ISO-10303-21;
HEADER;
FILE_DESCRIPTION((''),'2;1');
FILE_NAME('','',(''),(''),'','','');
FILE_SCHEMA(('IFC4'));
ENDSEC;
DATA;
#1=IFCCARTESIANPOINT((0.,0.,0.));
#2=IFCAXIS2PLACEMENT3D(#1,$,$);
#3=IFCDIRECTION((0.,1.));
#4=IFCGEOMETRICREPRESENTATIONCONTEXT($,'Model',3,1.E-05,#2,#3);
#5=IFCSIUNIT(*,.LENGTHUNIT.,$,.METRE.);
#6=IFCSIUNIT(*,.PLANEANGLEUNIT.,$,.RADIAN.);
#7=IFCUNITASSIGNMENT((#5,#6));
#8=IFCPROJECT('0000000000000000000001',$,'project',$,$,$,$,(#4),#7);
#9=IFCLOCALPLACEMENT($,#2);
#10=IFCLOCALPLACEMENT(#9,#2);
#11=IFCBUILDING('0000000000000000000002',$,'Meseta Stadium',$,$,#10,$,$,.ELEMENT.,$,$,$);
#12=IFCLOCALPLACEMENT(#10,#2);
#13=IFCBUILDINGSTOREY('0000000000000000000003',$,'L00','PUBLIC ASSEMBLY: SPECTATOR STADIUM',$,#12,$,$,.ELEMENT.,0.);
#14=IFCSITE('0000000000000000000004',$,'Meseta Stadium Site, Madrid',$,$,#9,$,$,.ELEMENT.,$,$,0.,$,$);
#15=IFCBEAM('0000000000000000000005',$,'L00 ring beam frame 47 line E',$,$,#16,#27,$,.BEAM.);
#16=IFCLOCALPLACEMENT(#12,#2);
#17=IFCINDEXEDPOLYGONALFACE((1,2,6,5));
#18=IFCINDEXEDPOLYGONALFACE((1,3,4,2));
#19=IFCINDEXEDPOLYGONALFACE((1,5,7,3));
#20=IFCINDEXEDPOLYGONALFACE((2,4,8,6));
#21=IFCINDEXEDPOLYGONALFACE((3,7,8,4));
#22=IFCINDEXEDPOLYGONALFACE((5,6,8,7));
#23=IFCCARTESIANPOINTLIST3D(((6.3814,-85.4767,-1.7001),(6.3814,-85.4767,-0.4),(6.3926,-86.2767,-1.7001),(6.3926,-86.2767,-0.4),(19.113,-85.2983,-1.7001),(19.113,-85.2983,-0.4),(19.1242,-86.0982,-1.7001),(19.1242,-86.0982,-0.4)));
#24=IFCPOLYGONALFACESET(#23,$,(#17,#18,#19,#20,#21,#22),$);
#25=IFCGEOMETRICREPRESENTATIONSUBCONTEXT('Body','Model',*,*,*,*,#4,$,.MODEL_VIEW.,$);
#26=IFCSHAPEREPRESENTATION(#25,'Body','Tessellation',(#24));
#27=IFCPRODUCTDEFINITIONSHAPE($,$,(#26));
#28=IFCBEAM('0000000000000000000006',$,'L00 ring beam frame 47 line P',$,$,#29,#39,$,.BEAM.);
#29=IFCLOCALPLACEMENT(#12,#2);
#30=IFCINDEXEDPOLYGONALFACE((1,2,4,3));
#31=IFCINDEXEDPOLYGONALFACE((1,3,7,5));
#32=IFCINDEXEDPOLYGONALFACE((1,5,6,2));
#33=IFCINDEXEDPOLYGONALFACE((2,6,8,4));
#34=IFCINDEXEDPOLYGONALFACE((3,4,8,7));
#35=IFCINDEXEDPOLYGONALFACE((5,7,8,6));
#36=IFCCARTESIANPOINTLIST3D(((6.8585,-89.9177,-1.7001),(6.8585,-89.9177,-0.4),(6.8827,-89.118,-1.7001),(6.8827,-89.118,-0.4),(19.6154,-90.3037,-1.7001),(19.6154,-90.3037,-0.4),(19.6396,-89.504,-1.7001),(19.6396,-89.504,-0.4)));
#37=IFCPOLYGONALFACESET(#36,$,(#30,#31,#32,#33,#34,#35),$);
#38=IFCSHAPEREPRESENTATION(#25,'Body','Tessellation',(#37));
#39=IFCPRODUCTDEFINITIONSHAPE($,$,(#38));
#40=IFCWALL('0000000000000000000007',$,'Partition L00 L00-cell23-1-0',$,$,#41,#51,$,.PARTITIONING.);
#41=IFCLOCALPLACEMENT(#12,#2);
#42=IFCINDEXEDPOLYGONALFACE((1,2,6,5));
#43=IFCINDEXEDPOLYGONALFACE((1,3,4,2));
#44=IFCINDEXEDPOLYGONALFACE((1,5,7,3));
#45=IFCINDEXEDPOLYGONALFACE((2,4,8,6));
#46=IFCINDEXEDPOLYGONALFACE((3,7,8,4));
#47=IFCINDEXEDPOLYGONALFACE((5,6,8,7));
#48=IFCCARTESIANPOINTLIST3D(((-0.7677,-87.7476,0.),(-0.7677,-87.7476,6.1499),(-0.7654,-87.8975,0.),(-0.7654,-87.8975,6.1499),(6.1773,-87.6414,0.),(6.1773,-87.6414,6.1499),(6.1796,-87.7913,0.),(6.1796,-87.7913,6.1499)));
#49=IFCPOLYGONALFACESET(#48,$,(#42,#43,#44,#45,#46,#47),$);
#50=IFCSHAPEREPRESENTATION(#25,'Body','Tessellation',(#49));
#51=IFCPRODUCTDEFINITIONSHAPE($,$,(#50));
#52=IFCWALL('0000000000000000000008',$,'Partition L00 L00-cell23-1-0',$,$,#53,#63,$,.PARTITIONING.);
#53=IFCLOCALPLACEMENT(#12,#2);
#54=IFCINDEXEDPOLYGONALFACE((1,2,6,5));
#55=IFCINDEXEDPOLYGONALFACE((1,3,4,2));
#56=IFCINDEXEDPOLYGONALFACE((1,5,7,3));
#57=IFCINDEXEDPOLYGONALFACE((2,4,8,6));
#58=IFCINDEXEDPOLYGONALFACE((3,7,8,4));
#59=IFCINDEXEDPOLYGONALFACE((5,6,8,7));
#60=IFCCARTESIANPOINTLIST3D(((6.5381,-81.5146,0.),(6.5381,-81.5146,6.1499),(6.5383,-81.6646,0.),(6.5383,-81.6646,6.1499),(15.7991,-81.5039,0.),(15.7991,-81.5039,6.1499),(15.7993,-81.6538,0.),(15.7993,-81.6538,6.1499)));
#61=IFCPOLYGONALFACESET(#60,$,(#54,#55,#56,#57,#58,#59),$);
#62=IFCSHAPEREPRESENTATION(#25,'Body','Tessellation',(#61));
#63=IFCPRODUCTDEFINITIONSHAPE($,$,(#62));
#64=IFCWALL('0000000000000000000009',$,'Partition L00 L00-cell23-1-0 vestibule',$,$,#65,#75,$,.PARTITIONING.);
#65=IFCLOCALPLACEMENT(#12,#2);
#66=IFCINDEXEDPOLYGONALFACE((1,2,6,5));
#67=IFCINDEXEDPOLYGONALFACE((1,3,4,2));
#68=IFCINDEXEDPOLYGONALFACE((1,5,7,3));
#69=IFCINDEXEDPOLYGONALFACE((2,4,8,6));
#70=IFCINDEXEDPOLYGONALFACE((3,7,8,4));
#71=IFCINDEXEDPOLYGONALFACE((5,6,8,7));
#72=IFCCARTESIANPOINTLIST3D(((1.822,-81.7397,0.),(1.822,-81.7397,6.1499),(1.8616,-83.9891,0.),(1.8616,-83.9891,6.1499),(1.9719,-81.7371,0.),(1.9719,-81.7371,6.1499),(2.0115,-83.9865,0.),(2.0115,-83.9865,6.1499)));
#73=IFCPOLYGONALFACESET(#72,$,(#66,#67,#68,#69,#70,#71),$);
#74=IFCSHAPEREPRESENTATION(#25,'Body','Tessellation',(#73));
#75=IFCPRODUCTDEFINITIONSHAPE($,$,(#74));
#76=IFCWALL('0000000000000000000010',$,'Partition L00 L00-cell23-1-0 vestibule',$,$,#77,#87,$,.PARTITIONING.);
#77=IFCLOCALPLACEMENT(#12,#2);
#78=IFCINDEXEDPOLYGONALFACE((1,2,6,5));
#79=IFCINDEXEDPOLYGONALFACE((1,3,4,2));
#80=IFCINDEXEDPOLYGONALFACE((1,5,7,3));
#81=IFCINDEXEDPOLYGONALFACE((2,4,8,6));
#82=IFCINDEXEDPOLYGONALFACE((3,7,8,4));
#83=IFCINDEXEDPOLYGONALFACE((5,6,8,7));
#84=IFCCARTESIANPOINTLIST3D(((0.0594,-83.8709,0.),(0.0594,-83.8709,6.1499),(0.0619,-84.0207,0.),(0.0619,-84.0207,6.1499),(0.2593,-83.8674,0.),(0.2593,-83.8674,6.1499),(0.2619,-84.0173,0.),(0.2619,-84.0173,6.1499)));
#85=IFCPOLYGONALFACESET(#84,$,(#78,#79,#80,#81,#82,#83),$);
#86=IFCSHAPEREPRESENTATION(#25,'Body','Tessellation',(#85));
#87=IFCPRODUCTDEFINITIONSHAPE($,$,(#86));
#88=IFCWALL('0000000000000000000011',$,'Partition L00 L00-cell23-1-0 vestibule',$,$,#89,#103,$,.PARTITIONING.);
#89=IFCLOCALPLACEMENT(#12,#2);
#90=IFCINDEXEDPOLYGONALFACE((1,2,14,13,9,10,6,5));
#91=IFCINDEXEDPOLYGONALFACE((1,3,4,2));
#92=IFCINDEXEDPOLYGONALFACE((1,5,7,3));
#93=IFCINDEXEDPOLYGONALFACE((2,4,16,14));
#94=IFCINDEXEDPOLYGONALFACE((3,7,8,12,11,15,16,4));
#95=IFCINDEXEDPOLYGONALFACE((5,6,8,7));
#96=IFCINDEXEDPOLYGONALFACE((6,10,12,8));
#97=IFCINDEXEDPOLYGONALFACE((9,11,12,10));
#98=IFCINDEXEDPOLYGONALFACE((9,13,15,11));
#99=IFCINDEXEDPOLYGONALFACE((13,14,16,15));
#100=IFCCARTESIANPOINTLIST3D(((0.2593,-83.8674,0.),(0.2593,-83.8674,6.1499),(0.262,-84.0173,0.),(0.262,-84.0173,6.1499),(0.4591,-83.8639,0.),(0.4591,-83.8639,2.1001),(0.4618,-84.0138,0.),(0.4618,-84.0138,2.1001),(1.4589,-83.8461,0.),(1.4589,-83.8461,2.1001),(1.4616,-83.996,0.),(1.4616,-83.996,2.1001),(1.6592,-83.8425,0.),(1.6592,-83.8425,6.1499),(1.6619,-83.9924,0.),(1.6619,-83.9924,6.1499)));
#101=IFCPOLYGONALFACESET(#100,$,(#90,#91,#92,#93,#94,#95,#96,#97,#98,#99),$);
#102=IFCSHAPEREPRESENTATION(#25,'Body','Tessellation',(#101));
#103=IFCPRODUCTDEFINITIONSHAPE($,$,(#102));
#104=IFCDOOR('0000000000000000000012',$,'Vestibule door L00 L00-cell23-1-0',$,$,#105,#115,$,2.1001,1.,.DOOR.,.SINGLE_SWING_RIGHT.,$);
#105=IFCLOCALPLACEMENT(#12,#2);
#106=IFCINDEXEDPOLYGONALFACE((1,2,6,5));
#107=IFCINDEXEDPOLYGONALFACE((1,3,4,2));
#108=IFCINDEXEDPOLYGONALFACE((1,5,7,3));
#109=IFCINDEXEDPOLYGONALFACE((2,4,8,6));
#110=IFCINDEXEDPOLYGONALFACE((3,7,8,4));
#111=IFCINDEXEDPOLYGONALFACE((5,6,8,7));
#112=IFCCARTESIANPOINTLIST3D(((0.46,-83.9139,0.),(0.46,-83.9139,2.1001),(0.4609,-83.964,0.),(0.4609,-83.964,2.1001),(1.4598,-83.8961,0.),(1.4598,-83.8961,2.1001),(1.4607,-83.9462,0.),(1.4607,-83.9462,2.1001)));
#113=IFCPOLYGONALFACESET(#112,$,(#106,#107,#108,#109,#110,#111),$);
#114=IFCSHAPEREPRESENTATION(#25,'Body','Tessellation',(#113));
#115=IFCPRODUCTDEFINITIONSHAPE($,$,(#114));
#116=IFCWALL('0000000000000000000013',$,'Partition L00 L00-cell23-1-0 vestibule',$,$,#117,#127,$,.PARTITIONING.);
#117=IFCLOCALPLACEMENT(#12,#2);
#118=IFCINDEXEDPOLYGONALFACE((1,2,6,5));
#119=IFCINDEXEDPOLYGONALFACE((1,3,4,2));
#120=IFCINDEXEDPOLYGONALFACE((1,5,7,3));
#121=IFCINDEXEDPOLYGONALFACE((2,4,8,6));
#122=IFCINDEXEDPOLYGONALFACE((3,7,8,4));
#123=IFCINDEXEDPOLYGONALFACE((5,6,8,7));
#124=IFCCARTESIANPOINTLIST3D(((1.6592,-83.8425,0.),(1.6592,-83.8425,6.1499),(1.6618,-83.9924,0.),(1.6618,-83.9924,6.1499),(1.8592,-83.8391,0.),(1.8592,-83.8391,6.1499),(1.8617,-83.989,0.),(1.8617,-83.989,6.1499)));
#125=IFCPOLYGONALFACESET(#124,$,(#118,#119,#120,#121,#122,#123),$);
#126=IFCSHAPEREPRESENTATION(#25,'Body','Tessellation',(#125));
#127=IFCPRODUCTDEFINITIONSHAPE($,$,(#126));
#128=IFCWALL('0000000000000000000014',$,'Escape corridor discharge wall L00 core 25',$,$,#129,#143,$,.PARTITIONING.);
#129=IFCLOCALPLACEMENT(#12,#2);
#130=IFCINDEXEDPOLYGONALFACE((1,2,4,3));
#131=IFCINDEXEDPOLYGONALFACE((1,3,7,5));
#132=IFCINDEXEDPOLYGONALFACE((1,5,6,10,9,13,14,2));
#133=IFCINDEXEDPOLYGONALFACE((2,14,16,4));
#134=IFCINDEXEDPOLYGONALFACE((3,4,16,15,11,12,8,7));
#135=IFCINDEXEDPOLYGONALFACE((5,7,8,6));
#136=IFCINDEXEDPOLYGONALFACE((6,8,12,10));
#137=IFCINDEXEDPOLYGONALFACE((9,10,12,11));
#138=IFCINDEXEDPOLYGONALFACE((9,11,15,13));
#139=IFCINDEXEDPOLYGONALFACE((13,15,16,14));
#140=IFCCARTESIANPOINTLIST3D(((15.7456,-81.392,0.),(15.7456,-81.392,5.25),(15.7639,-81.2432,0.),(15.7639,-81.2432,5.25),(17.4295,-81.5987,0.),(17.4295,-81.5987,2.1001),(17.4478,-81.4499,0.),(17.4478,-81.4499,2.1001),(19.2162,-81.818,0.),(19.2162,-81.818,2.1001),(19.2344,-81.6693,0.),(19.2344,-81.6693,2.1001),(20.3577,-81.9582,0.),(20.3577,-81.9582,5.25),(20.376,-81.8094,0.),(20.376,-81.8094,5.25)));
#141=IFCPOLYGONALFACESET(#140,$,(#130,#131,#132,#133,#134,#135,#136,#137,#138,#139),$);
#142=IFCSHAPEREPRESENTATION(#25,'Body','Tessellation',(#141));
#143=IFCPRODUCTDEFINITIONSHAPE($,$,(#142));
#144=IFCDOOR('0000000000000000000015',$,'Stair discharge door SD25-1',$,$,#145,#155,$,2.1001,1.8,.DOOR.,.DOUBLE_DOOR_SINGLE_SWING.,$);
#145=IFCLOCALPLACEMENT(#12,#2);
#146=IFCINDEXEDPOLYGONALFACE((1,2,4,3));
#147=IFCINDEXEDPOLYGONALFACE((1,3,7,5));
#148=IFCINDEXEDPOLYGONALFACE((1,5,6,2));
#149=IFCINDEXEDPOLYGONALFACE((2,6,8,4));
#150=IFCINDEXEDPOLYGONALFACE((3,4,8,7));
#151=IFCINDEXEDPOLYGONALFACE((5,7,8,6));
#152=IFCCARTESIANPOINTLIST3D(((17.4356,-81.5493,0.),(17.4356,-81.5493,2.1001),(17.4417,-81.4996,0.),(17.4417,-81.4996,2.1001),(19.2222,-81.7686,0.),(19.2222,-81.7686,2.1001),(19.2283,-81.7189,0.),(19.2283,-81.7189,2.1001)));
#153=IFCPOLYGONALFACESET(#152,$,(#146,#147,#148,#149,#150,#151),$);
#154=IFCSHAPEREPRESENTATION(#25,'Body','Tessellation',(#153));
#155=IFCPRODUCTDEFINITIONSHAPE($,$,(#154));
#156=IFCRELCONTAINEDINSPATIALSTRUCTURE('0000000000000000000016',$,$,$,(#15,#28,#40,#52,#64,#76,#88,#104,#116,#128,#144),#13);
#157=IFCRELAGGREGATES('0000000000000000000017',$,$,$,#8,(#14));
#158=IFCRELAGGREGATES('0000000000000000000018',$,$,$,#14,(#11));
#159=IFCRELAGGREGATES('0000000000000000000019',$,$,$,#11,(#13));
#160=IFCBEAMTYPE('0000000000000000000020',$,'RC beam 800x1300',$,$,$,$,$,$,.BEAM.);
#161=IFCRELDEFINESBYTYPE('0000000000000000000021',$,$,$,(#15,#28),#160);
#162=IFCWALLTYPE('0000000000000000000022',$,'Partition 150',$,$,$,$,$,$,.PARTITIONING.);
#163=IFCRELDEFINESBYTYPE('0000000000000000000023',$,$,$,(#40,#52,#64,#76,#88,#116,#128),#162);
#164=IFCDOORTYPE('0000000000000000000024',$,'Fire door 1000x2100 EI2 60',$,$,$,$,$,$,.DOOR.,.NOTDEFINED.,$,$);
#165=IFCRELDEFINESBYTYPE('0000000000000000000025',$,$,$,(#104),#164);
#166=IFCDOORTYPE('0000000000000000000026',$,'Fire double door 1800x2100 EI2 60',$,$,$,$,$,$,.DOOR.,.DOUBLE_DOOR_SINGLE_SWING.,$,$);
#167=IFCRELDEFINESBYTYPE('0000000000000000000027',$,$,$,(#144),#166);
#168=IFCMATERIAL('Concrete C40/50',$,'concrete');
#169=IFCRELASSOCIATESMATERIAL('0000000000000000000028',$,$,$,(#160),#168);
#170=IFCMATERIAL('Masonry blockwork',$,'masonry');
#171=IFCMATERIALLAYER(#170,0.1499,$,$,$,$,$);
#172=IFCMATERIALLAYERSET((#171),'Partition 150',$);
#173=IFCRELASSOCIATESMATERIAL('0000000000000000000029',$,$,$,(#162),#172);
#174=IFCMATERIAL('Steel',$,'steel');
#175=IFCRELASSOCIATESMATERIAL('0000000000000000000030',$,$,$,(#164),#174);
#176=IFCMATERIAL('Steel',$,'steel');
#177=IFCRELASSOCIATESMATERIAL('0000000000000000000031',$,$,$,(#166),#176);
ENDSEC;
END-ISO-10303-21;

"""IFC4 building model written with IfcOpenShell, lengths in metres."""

from ifc_helpers import new_model, si_unit, direction, frame, frame_2d, origin, origin_2d, place, context, subcontext, project, spatial, rectangle, extrude, material, layer, layer_set, material_profile, profile_set, type_object, element, fill, save


model = new_model("IFC4")

# Units and contexts
model_context = context("Model", 3, precision=1e-05, world=origin(), true_north=direction((0.0, 1.0)))
body_context = subcontext(model_context, "Body", "Model", "MODEL_VIEW")
ifc_project = project(units=[si_unit("LENGTHUNIT", "METRE"), si_unit("PLANEANGLEUNIT", "RADIAN")], contexts=[model_context])

# Site, building, storey
site_placement = place(None, origin())
site = spatial("IfcSite", under=ifc_project, at=site_placement, Name="Meseta Stadium Site, Madrid", CompositionType="ELEMENT", RefElevation=0.0)
building_placement = place(site_placement, origin())
building = spatial("IfcBuilding", under=site, at=building_placement, Name="Meseta Stadium", CompositionType="ELEMENT")
storey_placement = place(building_placement, origin())
storey = spatial("IfcBuildingStorey", under=building, at=storey_placement, Name="L00", Description="PUBLIC ASSEMBLY: SPECTATOR STADIUM", CompositionType="ELEMENT", Elevation=0.0)

# Beams
ifc_material_1 = material(Name="Concrete C40/50", Category="concrete")
ifc_material_profile_1 = material_profile(ifc_material_1, rectangle(XDim=0.8, YDim=1.3, at=origin_2d()), Name="RC 800x1300")
ifc_profile_set_1 = profile_set([ifc_material_profile_1], Name="Concrete C40/50")
beam_type_1 = type_object("IfcBeamType", Name="RC beam 800x1300", PredefinedType="BEAM", material=ifc_profile_set_1)
beam_1_placement = place(storey_placement, frame((6.387, -85.8767, -1.05), z_axis=(0.999902, 0.014016, 0.0), x_axis=(-0.014016, 0.999902, 0.0)))
element("IfcBeam", 1, at=beam_1_placement, inside=storey, type_object=beam_type_1, Name="L00 ring beam frame 47 line E", PredefinedType="BEAM", context=body_context, shape_type="SweptSolid", body=[
    extrude(rectangle(XDim=0.8, YDim=1.3, at=origin_2d()), origin(), (0.0, 0.0, 1.0), 12.7329),
])
beam_2_placement = place(storey_placement, frame((6.8706, -89.5178, -1.05), z_axis=(0.999543, -0.030243, 0.0), x_axis=(0.030243, 0.999543, 0.0)))
element("IfcBeam", 2, at=beam_2_placement, inside=storey, type_object=beam_type_1, Name="L00 ring beam frame 47 line P", PredefinedType="BEAM", context=body_context, shape_type="SweptSolid", body=[
    extrude(rectangle(XDim=0.8, YDim=1.3, at=origin_2d()), origin(), (0.0, 0.0, 1.0), 12.7627),
])

# Walls
ifc_material_2 = material(Name="Masonry blockwork", Category="masonry")
ifc_layer = layer(ifc_material_2, 0.1499)
ifc_layer_set = layer_set([ifc_layer], Name="Partition 150")
wall_type = type_object("IfcWallType", Name="Partition 150", PredefinedType="PARTITIONING", material=ifc_layer_set)
wall_1_placement = place(storey_placement, frame((6.1785, -87.7163, 0.0), z_axis=(0.0, 0.0, 1.0), x_axis=(-0.999883, -0.01529, 0.0)))
element("IfcWall", 3, at=wall_1_placement, inside=storey, type_object=wall_type, Name="Partition L00 L00-cell23-1-0", PredefinedType="PARTITIONING", context=body_context, shape_type="SweptSolid", body=[
    extrude(rectangle(XDim=6.9458, YDim=0.1499, at=frame_2d((3.4729, 0.0))), origin(), (0.0, 0.0, 1.0), 6.1499),
])
wall_2_placement = place(storey_placement, frame((6.5383, -81.5896, 0.0), z_axis=(0.0, 0.0, 1.0), x_axis=(0.999999, 0.00116, 0.0)))
element("IfcWall", 4, at=wall_2_placement, inside=storey, type_object=wall_type, Name="Partition L00 L00-cell23-1-0", PredefinedType="PARTITIONING", context=body_context, shape_type="SweptSolid", body=[
    extrude(rectangle(XDim=9.261, YDim=0.1499, at=frame_2d((4.6304, 0.0))), origin(), (0.0, 0.0, 1.0), 6.1499),
])
wall_3_placement = place(storey_placement, frame((1.897, -81.7383, 0.0), z_axis=(0.0, 0.0, 1.0), x_axis=(0.017579, -0.999845, 0.0)))
element("IfcWall", 5, at=wall_3_placement, inside=storey, type_object=wall_type, Name="Partition L00 L00-cell23-1-0 vestibule", PredefinedType="PARTITIONING", context=body_context, shape_type="SweptSolid", body=[
    extrude(rectangle(XDim=2.2498, YDim=0.1499, at=frame_2d((1.125, 0.0))), origin(), (0.0, 0.0, 1.0), 6.1499),
])
wall_4_placement = place(storey_placement, frame((0.0605, -83.9458, 0.0), z_axis=(0.0, 0.0, 1.0), x_axis=(0.999854, 0.017092, 0.0)))
element("IfcWall", 6, at=wall_4_placement, inside=storey, type_object=wall_type, Name="Partition L00 L00-cell23-1-0 vestibule", PredefinedType="PARTITIONING", context=body_context, shape_type="SweptSolid", body=[
    extrude(rectangle(XDim=0.2, YDim=0.1499, at=frame_2d((0.1001, 0.0))), origin(), (0.0, 0.0, 1.0), 6.1499),
])

# Wall, opening, door
wall_5_placement = place(storey_placement, frame((0.2605, -83.9424, 0.0), z_axis=(0.0, 0.0, 1.0), x_axis=(0.999842, 0.017786, 0.0)))
wall_5 = element("IfcWall", 7, at=wall_5_placement, inside=storey, type_object=wall_type, Name="Partition L00 L00-cell23-1-0 vestibule", PredefinedType="PARTITIONING", context=body_context, shape_type="SweptSolid", body=[
    extrude(rectangle(XDim=1.4001, YDim=0.1499, at=frame_2d((0.7002, 0.0))), origin(), (0.0, 0.0, 1.0), 6.1499),
])
opening_1_placement = place(wall_5_placement, frame((0.2, 0.0, 0.0)))
opening_1 = element("IfcOpeningElement", 8, at=opening_1_placement, cuts=wall_5, PredefinedType="OPENING", context=body_context, shape_type="SweptSolid", body=[
    extrude(rectangle(XDim=1.0, YDim=2.1001, at=frame_2d((0.5, 1.05))), frame((0.0, 0.085, 0.0), z_axis=(0.0, -1.0, 0.0), x_axis=(1.0, 0.0, 0.0)), (0.0, 0.0, 1.0), 0.1699),
])
ifc_material_3 = material(Name="Steel", Category="steel")
door_type_1 = type_object("IfcDoorType", Name="Fire door 1000x2100 EI2 60", OperationType="NOTDEFINED", PredefinedType="DOOR", material=ifc_material_3)
door_1_placement = place(opening_1_placement, origin())
door_1 = element("IfcDoor", 9, at=door_1_placement, inside=storey, type_object=door_type_1, Name="Vestibule door L00 L00-cell23-1-0", OperationType="SINGLE_SWING_RIGHT", OverallHeight=2.1001, OverallWidth=1.0, PredefinedType="DOOR", context=body_context, shape_type="SweptSolid", body=[
    extrude(rectangle(XDim=1.0, YDim=2.1001, at=frame_2d((0.5, 1.05))), frame((0.0, 0.0249, 0.0), z_axis=(0.0, -1.0, 0.0), x_axis=(1.0, 0.0, 0.0)), (0.0, 0.0, 1.0), 0.05),
])
fill(opening_1, door_1)

# Wall
wall_6_placement = place(storey_placement, frame((1.6604, -83.9175, 0.0), z_axis=(0.0, 0.0, 1.0), x_axis=(0.999854, 0.017092, 0.0)))
element("IfcWall", 10, at=wall_6_placement, inside=storey, type_object=wall_type, Name="Partition L00 L00-cell23-1-0 vestibule", PredefinedType="PARTITIONING", context=body_context, shape_type="SweptSolid", body=[
    extrude(rectangle(XDim=0.2, YDim=0.1499, at=frame_2d((0.1001, 0.0))), origin(), (0.0, 0.0, 1.0), 6.1499),
])

# Wall, opening, door
wall_7_placement = place(storey_placement, frame((15.7549, -81.3176, 0.0), z_axis=(0.0, 0.0, 1.0), x_axis=(0.992549, -0.121842, 0.0)))
wall_7 = element("IfcWall", 11, at=wall_7_placement, inside=storey, type_object=wall_type, Name="Escape corridor discharge wall L00 core 25", PredefinedType="PARTITIONING", context=body_context, shape_type="SweptSolid", body=[
    extrude(rectangle(XDim=4.6467, YDim=0.1499, at=frame_2d((2.3232, 0.0))), origin(), (0.0, 0.0, 1.0), 5.25),
])
opening_2_placement = place(wall_7_placement, frame((1.6965, 0.0, 0.0)))
opening_2 = element("IfcOpeningElement", 12, at=opening_2_placement, cuts=wall_7, PredefinedType="OPENING", context=body_context, shape_type="SweptSolid", body=[
    extrude(rectangle(XDim=1.8, YDim=2.1001, at=frame_2d((0.8999, 1.05))), frame((0.0, 0.085, 0.0), z_axis=(0.0, -1.0, 0.0), x_axis=(1.0, 0.0, 0.0)), (0.0, 0.0, 1.0), 0.1699),
])
ifc_material_4 = material(Name="Steel", Category="steel")
door_type_2 = type_object("IfcDoorType", Name="Fire double door 1800x2100 EI2 60", OperationType="DOUBLE_DOOR_SINGLE_SWING", PredefinedType="DOOR", material=ifc_material_4)
door_2_placement = place(opening_2_placement, origin())
door_2 = element("IfcDoor", 13, at=door_2_placement, inside=storey, type_object=door_type_2, Name="Stair discharge door SD25-1", OperationType="DOUBLE_DOOR_SINGLE_SWING", OverallHeight=2.1001, OverallWidth=1.8, PredefinedType="DOOR", context=body_context, shape_type="SweptSolid", body=[
    extrude(rectangle(XDim=1.8, YDim=2.1001, at=frame_2d((0.8999, 1.05))), frame((0.0, 0.0249, 0.0), z_axis=(0.0, -1.0, 0.0), x_axis=(1.0, 0.0, 0.0)), (0.0, 0.0, 1.0), 0.05),
])
fill(opening_2, door_2)

save(model, "model.ifc")
